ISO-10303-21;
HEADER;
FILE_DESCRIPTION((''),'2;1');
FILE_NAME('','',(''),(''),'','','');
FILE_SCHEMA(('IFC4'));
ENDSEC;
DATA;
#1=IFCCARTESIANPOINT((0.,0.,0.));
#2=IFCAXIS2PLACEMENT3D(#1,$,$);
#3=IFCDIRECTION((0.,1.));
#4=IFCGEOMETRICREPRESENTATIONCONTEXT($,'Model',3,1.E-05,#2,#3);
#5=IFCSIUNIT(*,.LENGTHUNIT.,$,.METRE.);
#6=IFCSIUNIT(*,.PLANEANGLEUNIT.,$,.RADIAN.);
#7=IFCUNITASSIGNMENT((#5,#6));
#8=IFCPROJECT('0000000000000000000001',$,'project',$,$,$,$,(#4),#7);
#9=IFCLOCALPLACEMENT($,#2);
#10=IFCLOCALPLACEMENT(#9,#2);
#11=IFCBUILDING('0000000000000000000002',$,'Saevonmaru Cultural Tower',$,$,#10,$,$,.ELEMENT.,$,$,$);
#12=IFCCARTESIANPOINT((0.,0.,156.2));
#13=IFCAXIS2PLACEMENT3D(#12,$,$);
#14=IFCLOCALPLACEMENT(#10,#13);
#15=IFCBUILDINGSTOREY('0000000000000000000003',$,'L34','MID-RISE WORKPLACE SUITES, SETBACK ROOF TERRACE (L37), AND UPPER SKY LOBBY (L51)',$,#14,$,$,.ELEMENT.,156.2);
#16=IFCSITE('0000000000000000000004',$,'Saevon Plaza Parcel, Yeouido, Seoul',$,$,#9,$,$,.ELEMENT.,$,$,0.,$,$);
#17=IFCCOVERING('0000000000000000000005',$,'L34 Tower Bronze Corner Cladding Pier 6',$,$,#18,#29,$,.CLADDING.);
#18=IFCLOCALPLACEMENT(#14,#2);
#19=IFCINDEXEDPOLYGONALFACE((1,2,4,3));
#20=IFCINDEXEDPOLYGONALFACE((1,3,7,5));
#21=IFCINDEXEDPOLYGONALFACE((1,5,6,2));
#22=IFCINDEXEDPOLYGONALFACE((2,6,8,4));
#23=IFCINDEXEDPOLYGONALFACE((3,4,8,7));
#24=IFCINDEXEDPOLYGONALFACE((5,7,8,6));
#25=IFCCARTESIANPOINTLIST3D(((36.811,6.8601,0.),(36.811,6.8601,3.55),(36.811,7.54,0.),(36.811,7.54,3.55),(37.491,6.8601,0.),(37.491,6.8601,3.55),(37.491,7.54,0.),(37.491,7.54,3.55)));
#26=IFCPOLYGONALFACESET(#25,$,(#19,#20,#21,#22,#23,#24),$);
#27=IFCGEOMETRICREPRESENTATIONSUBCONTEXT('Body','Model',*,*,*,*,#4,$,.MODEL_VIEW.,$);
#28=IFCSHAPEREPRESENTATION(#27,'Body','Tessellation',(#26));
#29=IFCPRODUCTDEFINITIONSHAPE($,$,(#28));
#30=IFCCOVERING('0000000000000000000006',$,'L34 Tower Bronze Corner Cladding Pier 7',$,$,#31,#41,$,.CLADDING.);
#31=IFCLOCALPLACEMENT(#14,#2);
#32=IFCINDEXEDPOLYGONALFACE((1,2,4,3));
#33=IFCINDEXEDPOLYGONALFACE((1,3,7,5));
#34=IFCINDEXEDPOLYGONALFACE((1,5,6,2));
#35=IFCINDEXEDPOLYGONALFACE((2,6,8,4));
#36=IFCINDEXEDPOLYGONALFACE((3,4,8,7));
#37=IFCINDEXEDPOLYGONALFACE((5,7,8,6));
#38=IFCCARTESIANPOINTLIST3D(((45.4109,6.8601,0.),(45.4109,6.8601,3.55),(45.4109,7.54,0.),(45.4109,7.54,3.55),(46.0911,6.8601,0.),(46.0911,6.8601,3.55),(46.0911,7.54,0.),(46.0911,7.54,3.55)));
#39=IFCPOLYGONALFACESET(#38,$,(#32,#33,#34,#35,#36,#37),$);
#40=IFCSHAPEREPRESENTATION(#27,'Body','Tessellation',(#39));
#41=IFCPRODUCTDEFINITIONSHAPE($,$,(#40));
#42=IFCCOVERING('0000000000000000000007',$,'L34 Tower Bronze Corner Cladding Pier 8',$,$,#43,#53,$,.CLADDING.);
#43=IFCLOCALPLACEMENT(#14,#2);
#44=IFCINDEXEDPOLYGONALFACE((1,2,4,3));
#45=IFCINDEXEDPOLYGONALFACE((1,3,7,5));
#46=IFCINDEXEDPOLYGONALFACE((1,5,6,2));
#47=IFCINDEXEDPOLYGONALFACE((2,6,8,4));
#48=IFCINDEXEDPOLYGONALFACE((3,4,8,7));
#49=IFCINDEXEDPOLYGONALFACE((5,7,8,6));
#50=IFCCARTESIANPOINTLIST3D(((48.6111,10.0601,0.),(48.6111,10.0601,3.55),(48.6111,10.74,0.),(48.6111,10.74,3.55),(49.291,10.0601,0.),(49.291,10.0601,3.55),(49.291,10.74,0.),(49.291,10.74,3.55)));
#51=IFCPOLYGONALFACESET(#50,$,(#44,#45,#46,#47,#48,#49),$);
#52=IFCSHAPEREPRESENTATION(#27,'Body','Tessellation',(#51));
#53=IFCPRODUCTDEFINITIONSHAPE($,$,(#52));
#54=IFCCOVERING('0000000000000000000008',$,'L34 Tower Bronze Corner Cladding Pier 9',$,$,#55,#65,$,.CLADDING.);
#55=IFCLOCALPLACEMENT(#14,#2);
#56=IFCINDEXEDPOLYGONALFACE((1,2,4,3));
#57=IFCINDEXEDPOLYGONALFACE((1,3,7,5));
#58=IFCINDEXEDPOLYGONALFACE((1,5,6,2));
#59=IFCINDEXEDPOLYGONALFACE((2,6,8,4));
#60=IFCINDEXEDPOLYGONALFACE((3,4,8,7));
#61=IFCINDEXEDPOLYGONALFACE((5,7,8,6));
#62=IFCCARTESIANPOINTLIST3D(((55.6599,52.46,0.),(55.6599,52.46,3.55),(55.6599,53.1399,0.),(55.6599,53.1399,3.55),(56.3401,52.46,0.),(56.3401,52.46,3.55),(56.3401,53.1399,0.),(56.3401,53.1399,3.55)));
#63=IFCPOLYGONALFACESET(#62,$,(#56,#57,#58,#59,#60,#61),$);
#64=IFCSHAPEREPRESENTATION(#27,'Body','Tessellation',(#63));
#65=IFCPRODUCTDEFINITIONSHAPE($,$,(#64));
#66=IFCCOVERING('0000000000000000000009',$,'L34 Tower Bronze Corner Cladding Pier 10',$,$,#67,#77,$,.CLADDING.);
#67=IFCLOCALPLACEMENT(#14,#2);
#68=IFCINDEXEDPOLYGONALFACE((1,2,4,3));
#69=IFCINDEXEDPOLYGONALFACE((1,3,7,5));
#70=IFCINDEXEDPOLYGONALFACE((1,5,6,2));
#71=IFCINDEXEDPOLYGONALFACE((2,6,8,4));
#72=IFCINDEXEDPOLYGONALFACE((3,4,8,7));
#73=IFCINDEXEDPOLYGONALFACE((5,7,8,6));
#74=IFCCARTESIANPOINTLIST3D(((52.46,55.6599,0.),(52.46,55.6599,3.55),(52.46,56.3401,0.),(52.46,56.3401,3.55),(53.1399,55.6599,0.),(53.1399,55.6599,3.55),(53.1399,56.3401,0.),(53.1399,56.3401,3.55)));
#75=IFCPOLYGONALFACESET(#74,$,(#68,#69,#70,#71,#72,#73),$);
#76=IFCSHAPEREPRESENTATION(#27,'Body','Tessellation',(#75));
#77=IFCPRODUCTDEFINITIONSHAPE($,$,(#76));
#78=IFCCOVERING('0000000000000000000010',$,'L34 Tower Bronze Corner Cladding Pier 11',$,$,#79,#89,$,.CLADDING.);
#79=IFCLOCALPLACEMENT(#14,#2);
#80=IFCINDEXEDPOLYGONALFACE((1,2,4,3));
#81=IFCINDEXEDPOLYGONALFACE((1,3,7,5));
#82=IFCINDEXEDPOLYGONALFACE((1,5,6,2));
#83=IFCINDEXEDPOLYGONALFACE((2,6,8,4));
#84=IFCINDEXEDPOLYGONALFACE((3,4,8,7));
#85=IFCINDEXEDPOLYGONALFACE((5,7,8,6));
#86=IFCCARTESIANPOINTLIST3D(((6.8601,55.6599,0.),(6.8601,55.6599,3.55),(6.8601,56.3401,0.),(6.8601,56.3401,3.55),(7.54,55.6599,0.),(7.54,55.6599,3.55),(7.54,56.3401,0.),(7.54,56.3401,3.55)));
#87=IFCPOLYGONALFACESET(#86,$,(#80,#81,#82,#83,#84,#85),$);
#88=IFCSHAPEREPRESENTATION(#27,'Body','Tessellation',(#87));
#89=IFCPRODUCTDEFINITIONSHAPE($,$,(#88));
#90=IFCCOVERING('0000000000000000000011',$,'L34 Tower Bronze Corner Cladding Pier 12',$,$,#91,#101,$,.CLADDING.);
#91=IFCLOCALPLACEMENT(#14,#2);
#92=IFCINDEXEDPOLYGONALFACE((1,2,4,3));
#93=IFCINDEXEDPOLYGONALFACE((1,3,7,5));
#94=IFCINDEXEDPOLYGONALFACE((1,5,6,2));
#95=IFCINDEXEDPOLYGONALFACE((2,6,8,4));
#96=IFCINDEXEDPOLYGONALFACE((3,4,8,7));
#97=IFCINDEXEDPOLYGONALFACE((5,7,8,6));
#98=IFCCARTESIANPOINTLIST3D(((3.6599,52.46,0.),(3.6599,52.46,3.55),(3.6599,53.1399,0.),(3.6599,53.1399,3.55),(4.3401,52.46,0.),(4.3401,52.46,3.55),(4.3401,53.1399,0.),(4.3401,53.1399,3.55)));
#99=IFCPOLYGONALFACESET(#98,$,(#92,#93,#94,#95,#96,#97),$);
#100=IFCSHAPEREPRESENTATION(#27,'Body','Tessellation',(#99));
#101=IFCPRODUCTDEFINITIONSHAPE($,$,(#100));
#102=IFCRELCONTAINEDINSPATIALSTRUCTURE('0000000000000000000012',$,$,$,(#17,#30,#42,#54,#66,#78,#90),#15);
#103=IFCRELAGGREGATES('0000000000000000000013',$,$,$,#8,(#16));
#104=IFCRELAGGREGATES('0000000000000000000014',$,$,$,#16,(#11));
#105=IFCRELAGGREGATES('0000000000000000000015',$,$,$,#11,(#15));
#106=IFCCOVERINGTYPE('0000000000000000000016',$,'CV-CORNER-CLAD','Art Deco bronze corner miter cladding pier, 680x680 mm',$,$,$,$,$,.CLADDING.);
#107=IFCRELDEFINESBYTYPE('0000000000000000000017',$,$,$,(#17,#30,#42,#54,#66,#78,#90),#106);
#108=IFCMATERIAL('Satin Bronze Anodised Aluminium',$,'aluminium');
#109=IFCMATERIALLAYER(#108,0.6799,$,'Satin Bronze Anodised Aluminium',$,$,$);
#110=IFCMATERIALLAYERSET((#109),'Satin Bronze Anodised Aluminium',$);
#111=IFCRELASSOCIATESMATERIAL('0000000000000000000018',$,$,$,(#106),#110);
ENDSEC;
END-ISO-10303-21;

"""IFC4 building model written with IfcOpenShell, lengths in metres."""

from ifc_helpers import new_model, si_unit, direction, frame, origin, place, context, subcontext, project, spatial, polyline, outline, extrude, material, layer, layer_set, type_object, element, save


model = new_model("IFC4")

# Units and contexts
model_context = context("Model", 3, precision=1e-05, world=origin(), true_north=direction((0.0, 1.0)))
body_context = subcontext(model_context, "Body", "Model", "MODEL_VIEW")
ifc_project = project(units=[si_unit("LENGTHUNIT", "METRE"), si_unit("PLANEANGLEUNIT", "RADIAN")], contexts=[model_context])

# Site, building, storey
site_placement = place(None, origin())
site = spatial("IfcSite", under=ifc_project, at=site_placement, Name="Saevon Plaza Parcel, Yeouido, Seoul", CompositionType="ELEMENT", RefElevation=0.0)
building_placement = place(site_placement, origin())
building = spatial("IfcBuilding", under=site, at=building_placement, Name="Saevonmaru Cultural Tower", CompositionType="ELEMENT")
storey_placement = place(building_placement, frame((0.0, 0.0, 156.2)))
storey = spatial("IfcBuildingStorey", under=building, at=storey_placement, Name="L34", Description="MID-RISE WORKPLACE SUITES, SETBACK ROOF TERRACE (L37), AND UPPER SKY LOBBY (L51)", CompositionType="ELEMENT", Elevation=156.2)

# Shared definitions
ifc_material_1 = material(Name="Satin Bronze Anodised Aluminium", Category="aluminium")

# Coverings
ifc_layer_1 = layer(ifc_material_1, 0.6799, Name="Satin Bronze Anodised Aluminium")
ifc_layer_set_1 = layer_set([ifc_layer_1], Name="Satin Bronze Anodised Aluminium")
covering_type = type_object("IfcCoveringType", Name="CV-CORNER-CLAD", Description="Art Deco bronze corner miter cladding pier, 680x680 mm", PredefinedType="CLADDING", material=ifc_layer_set_1)
covering_1_placement = place(storey_placement, origin())
element("IfcCovering", 1, at=covering_1_placement, inside=storey, type_object=covering_type, Name="L34 Tower Bronze Corner Cladding Pier 6", PredefinedType="CLADDING", context=body_context, shape_type="SweptSolid", body=[
    extrude(outline(polyline([(36.811, 6.8601), (37.491, 6.8601), (37.491, 7.54), (36.811, 7.54), (36.811, 6.8601)])), origin(), (0.0, 0.0, 1.0), 3.55),
])
covering_2_placement = place(storey_placement, origin())
element("IfcCovering", 2, at=covering_2_placement, inside=storey, type_object=covering_type, Name="L34 Tower Bronze Corner Cladding Pier 7", PredefinedType="CLADDING", context=body_context, shape_type="SweptSolid", body=[
    extrude(outline(polyline([(45.4109, 6.8601), (46.0911, 6.8601), (46.0911, 7.54), (45.4109, 7.54), (45.4109, 6.8601)])), origin(), (0.0, 0.0, 1.0), 3.55),
])
covering_3_placement = place(storey_placement, origin())
element("IfcCovering", 3, at=covering_3_placement, inside=storey, type_object=covering_type, Name="L34 Tower Bronze Corner Cladding Pier 8", PredefinedType="CLADDING", context=body_context, shape_type="SweptSolid", body=[
    extrude(outline(polyline([(48.6111, 10.0601), (49.291, 10.0601), (49.291, 10.74), (48.6111, 10.74), (48.6111, 10.0601)])), origin(), (0.0, 0.0, 1.0), 3.55),
])
covering_4_placement = place(storey_placement, origin())
element("IfcCovering", 4, at=covering_4_placement, inside=storey, type_object=covering_type, Name="L34 Tower Bronze Corner Cladding Pier 9", PredefinedType="CLADDING", context=body_context, shape_type="SweptSolid", body=[
    extrude(outline(polyline([(55.6599, 52.46), (56.3401, 52.46), (56.3401, 53.1399), (55.6599, 53.1399), (55.6599, 52.46)])), origin(), (0.0, 0.0, 1.0), 3.55),
])
covering_5_placement = place(storey_placement, origin())
element("IfcCovering", 5, at=covering_5_placement, inside=storey, type_object=covering_type, Name="L34 Tower Bronze Corner Cladding Pier 10", PredefinedType="CLADDING", context=body_context, shape_type="SweptSolid", body=[
    extrude(outline(polyline([(52.46, 55.6599), (53.1399, 55.6599), (53.1399, 56.3401), (52.46, 56.3401), (52.46, 55.6599)])), origin(), (0.0, 0.0, 1.0), 3.55),
])
covering_6_placement = place(storey_placement, origin())
element("IfcCovering", 6, at=covering_6_placement, inside=storey, type_object=covering_type, Name="L34 Tower Bronze Corner Cladding Pier 11", PredefinedType="CLADDING", context=body_context, shape_type="SweptSolid", body=[
    extrude(outline(polyline([(6.8601, 55.6599), (7.54, 55.6599), (7.54, 56.3401), (6.8601, 56.3401), (6.8601, 55.6599)])), origin(), (0.0, 0.0, 1.0), 3.55),
])
covering_7_placement = place(storey_placement, origin())
element("IfcCovering", 7, at=covering_7_placement, inside=storey, type_object=covering_type, Name="L34 Tower Bronze Corner Cladding Pier 12", PredefinedType="CLADDING", context=body_context, shape_type="SweptSolid", body=[
    extrude(outline(polyline([(3.6599, 52.46), (4.3401, 52.46), (4.3401, 53.1399), (3.6599, 53.1399), (3.6599, 52.46)])), origin(), (0.0, 0.0, 1.0), 3.55),
])

save(model, "model.ifc")
